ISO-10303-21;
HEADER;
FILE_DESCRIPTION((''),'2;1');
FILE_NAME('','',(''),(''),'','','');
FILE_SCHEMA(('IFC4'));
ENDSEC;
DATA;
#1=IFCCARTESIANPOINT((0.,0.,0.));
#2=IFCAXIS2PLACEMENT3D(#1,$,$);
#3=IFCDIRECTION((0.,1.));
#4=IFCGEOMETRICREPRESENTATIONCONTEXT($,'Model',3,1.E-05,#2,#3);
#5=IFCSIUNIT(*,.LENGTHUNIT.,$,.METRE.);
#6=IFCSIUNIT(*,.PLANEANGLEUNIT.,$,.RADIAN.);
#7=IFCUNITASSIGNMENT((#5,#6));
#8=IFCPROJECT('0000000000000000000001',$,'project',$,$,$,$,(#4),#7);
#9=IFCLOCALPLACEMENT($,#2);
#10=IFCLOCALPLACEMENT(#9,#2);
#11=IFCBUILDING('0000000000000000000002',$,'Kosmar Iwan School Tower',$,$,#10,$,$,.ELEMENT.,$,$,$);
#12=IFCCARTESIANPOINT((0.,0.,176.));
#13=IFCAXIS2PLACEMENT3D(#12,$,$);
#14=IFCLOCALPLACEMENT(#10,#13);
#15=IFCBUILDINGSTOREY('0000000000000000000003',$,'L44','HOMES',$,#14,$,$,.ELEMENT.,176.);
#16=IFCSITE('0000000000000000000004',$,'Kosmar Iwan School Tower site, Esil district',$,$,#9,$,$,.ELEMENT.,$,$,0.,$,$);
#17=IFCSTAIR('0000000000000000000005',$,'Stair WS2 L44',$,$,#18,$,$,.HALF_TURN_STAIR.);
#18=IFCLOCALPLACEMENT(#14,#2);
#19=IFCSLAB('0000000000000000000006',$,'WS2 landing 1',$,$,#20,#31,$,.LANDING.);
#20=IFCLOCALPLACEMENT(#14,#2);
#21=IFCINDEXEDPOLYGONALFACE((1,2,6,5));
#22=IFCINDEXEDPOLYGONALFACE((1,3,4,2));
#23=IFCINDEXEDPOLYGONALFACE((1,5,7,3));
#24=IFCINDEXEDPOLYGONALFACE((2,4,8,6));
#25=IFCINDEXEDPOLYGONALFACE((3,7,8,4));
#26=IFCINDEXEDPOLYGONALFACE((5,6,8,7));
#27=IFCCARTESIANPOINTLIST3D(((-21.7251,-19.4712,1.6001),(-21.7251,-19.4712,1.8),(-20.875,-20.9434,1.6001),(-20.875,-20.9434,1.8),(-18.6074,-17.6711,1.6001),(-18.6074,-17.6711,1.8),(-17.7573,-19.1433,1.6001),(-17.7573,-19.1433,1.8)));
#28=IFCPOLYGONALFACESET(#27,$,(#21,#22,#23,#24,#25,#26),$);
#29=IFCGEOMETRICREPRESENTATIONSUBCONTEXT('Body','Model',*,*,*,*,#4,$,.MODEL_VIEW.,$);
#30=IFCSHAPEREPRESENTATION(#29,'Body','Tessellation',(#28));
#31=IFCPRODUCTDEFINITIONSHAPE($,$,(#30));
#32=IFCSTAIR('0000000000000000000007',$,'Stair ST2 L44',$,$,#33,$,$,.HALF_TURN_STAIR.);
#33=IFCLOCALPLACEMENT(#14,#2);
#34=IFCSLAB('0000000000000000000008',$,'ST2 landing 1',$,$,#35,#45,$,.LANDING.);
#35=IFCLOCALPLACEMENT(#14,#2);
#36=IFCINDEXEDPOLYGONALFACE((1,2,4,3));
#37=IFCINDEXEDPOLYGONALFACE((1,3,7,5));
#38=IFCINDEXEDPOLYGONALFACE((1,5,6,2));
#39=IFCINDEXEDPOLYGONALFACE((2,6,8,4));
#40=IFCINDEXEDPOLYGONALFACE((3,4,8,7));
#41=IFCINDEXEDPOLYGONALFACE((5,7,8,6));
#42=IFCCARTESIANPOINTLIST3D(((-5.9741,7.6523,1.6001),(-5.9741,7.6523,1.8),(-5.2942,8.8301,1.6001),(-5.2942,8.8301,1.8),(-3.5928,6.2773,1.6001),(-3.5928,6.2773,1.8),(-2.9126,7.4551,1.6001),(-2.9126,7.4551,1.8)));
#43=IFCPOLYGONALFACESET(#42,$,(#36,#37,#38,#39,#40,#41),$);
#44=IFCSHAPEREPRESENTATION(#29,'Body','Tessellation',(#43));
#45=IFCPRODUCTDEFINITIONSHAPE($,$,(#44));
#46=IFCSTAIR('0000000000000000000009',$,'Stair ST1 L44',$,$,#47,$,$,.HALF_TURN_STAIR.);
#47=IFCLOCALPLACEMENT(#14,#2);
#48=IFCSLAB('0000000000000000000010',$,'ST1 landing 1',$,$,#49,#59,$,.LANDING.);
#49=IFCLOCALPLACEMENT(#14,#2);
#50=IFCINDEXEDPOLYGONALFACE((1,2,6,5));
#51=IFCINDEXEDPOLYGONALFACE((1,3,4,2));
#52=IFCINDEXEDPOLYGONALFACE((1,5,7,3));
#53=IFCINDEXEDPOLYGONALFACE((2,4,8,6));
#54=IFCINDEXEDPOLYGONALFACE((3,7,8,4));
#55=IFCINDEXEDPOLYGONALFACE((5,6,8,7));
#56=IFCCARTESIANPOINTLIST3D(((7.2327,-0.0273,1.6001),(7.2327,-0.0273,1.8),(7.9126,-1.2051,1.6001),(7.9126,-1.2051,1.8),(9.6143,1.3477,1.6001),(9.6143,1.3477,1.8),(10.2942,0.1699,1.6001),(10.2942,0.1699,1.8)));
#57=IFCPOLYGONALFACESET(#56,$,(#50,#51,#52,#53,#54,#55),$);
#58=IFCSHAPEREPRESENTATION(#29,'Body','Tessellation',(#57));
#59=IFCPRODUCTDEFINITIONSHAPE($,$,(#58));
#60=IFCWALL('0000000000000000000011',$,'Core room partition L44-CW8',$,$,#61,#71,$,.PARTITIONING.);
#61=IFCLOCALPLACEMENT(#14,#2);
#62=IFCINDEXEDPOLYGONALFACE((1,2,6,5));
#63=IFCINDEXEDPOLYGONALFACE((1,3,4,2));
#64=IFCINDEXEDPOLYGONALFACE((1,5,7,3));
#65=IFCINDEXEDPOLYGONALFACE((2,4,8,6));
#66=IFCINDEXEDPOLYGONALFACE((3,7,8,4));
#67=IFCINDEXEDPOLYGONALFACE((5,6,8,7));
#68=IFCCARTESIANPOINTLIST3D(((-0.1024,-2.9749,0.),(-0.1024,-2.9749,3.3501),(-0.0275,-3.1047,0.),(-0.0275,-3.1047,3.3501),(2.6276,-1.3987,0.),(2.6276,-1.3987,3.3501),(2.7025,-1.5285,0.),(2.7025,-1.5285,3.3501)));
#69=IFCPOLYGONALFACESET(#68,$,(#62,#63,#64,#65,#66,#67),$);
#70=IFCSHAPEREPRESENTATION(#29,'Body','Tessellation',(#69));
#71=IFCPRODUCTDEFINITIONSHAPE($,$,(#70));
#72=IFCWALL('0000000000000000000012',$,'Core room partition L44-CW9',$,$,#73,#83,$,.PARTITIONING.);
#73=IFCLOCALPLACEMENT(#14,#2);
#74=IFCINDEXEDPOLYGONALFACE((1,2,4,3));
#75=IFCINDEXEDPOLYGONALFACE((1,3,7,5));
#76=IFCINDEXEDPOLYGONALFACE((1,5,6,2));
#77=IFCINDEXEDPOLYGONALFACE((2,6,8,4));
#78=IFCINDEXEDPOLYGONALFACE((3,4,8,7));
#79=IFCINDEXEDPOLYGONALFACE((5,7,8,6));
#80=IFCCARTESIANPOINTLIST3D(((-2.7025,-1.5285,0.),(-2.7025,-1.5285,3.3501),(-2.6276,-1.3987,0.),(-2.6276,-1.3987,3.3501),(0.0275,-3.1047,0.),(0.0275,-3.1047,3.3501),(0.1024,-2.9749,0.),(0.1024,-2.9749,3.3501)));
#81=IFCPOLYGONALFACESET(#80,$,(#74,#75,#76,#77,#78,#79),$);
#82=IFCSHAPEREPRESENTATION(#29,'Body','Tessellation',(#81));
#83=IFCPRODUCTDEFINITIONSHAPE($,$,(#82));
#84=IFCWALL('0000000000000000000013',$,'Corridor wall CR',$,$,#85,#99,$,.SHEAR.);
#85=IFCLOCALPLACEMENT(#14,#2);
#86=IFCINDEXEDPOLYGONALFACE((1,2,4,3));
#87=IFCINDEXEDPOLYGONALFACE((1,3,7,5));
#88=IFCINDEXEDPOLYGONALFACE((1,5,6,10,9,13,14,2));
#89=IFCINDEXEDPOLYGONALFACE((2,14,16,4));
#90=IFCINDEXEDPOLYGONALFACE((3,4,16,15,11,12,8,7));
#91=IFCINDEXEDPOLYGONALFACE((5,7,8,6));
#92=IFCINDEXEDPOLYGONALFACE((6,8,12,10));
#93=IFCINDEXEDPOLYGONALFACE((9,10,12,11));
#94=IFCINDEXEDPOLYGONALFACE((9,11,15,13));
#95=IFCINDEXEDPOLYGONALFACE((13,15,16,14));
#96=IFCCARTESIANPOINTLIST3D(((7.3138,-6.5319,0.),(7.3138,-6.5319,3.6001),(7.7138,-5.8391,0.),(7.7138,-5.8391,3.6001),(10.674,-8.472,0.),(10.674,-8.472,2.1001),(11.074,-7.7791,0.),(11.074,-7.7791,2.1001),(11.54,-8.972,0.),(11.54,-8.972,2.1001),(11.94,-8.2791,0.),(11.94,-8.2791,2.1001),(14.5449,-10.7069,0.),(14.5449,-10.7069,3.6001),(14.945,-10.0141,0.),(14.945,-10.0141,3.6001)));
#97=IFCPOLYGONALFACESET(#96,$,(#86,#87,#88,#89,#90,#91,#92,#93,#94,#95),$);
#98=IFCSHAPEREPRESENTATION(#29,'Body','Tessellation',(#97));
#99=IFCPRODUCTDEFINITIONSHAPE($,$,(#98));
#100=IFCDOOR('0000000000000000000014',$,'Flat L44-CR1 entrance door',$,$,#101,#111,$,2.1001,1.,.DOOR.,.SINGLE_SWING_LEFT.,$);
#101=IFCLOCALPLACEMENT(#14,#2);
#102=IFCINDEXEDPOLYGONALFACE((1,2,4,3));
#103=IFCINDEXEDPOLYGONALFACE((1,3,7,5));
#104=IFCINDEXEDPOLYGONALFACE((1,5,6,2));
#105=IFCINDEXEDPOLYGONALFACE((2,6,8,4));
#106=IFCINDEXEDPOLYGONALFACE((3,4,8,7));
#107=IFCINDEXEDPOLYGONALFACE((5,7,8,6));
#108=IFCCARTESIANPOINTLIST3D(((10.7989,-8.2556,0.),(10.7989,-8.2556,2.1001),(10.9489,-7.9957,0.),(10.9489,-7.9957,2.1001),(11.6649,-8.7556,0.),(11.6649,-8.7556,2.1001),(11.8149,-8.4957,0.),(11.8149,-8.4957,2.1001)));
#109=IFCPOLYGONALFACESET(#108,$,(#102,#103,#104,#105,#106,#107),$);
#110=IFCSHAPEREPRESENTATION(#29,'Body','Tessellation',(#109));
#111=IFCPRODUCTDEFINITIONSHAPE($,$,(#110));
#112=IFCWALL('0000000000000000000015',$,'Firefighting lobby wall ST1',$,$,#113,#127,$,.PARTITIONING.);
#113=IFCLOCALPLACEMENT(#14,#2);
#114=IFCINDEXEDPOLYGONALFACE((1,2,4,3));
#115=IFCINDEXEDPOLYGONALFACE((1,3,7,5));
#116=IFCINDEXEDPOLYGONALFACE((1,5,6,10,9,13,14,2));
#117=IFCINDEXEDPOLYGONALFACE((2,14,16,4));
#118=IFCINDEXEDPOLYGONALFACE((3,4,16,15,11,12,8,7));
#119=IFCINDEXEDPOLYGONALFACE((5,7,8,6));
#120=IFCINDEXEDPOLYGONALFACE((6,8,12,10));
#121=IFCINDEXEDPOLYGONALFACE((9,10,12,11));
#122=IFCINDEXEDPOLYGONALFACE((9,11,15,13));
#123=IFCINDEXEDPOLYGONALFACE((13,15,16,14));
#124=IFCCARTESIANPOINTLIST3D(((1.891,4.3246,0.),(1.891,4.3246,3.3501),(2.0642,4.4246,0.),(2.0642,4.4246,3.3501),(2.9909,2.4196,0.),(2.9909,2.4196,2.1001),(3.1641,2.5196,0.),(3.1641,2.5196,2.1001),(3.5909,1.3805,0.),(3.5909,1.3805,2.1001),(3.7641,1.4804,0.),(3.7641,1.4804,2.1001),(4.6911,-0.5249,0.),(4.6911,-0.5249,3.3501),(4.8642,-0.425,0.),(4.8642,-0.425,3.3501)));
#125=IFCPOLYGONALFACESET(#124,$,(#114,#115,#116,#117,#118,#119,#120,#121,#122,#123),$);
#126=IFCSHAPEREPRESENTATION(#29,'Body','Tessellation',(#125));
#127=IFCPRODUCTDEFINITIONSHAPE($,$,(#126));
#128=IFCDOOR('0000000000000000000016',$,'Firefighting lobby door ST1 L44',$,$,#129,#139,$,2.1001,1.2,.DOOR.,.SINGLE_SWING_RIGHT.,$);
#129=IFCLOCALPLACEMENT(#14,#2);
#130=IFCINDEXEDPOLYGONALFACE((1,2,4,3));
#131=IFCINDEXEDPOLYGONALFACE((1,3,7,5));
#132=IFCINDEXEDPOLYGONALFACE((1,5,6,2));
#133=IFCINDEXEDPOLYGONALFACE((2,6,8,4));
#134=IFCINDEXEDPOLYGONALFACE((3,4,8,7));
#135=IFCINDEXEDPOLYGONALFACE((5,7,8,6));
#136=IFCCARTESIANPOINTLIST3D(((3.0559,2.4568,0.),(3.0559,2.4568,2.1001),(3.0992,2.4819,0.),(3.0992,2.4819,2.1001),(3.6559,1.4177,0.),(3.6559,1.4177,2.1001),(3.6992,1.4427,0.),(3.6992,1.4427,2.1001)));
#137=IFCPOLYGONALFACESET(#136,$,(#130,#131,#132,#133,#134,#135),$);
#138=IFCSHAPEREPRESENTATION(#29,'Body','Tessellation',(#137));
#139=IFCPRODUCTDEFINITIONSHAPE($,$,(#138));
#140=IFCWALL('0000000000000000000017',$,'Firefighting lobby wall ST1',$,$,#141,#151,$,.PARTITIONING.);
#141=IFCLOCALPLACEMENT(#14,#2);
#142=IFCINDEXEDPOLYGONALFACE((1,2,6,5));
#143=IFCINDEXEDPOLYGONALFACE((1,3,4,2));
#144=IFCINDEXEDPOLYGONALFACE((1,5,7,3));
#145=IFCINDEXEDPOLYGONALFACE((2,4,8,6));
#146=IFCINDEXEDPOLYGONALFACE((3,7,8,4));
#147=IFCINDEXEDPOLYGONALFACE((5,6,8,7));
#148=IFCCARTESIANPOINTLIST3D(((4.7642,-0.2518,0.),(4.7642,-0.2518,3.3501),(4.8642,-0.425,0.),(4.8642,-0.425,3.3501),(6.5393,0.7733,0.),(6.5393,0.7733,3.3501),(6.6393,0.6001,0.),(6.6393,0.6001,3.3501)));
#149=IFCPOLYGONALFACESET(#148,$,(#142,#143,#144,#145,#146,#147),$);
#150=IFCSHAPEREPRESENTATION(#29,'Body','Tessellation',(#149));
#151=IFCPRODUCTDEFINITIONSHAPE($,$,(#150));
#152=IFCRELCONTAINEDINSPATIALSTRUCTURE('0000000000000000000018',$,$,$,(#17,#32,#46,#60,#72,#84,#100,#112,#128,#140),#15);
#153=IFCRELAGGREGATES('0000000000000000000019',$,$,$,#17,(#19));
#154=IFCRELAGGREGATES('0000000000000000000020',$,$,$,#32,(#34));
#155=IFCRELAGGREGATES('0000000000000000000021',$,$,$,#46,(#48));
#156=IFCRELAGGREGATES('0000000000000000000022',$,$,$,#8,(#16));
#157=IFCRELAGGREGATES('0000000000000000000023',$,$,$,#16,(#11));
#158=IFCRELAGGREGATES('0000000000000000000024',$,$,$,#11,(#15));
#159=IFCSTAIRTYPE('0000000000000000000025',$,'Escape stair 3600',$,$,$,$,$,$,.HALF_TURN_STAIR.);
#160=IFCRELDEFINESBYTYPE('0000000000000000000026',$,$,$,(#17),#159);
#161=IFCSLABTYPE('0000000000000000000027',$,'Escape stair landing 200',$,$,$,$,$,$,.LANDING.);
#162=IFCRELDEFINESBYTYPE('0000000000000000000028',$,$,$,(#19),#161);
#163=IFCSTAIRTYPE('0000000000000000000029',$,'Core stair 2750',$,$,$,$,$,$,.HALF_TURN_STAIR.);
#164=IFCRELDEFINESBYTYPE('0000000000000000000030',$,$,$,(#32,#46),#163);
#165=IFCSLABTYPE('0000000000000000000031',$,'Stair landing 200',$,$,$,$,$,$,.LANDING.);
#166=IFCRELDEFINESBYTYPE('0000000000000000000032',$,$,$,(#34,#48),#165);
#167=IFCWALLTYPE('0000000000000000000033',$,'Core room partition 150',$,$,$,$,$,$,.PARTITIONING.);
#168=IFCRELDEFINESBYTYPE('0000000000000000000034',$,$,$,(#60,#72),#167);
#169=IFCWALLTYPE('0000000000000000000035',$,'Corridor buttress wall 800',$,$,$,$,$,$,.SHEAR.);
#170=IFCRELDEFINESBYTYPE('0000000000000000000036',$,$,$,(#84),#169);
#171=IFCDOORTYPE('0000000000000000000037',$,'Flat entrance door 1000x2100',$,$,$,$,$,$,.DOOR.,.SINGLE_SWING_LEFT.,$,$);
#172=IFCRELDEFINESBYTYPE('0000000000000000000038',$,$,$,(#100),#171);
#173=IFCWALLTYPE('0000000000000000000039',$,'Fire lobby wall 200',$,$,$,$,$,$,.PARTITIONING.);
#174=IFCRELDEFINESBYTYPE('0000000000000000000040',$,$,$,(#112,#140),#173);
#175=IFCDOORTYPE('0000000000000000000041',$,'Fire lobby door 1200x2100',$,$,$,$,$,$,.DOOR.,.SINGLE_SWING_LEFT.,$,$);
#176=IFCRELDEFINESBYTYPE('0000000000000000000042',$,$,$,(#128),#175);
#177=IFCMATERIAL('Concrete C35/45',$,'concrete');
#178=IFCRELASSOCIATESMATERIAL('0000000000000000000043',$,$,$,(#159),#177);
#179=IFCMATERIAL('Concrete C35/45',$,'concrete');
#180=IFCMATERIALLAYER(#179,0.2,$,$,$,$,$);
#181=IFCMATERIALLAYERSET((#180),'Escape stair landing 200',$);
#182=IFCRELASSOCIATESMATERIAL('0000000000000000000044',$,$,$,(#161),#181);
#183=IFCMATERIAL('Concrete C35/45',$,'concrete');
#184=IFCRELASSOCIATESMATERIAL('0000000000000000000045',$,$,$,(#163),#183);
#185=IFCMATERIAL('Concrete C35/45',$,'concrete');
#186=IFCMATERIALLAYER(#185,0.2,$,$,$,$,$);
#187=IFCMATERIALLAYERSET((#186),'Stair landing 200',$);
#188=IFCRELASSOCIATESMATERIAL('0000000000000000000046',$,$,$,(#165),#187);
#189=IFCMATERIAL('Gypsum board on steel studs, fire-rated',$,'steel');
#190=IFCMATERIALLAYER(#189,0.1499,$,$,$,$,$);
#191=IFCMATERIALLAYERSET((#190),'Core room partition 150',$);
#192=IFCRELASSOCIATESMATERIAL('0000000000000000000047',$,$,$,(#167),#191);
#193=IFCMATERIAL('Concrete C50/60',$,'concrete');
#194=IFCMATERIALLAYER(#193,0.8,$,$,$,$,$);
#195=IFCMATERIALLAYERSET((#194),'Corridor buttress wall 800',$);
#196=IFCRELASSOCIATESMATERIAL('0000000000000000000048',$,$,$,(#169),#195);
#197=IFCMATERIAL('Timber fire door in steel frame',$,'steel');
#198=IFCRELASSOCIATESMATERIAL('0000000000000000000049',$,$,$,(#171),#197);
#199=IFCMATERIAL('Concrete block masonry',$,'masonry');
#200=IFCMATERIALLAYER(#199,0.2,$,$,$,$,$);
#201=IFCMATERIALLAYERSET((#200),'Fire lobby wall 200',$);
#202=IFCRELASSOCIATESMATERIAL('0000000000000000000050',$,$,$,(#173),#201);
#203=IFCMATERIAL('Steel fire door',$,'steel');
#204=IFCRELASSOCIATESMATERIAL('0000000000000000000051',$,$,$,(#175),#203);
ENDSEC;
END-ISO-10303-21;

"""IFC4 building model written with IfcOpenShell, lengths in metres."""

from ifc_helpers import new_model, si_unit, direction, frame, frame_2d, origin, place, context, subcontext, project, spatial, polyline, rectangle, outline, extrude, material, layer, layer_set, type_object, element, fill, aggregate, save


model = new_model("IFC4")

# Units and contexts
model_context = context("Model", 3, precision=1e-05, world=origin(), true_north=direction((0.0, 1.0)))
body_context = subcontext(model_context, "Body", "Model", "MODEL_VIEW")
ifc_project = project(units=[si_unit("LENGTHUNIT", "METRE"), si_unit("PLANEANGLEUNIT", "RADIAN")], contexts=[model_context])

# Site, building, storey
site_placement = place(None, origin())
site = spatial("IfcSite", under=ifc_project, at=site_placement, Name="Kosmar Iwan School Tower site, Esil district", CompositionType="ELEMENT", RefElevation=0.0)
building_placement = place(site_placement, origin())
building = spatial("IfcBuilding", under=site, at=building_placement, Name="Kosmar Iwan School Tower", CompositionType="ELEMENT")
storey_placement = place(building_placement, frame((0.0, 0.0, 176.0)))
storey = spatial("IfcBuildingStorey", under=building, at=storey_placement, Name="L44", Description="HOMES", CompositionType="ELEMENT", Elevation=176.0)

# Stairs, slabs
ifc_material_1 = material(Name="Concrete C35/45", Category="concrete")
stair_type_1 = type_object("IfcStairType", Name="Escape stair 3600", PredefinedType="HALF_TURN_STAIR", material=ifc_material_1)
stair_1_placement = place(storey_placement, origin())
stair_1 = element("IfcStair", 1, at=stair_1_placement, inside=storey, type_object=stair_type_1, Name="Stair WS2 L44", PredefinedType="HALF_TURN_STAIR")
ifc_material_2 = material(Name="Concrete C35/45", Category="concrete")
ifc_layer_1 = layer(ifc_material_2, 0.2)
ifc_layer_set_1 = layer_set([ifc_layer_1], Name="Escape stair landing 200")
slab_type_1 = type_object("IfcSlabType", Name="Escape stair landing 200", PredefinedType="LANDING", material=ifc_layer_set_1)
slab_1_placement = place(storey_placement, frame((0.0, 0.0, 1.6001)))
slab_1 = element("IfcSlab", 2, at=slab_1_placement, type_object=slab_type_1, Name="WS2 landing 1", PredefinedType="LANDING", context=body_context, shape_type="SweptSolid", body=[
    extrude(outline(polyline([(-18.6074, -17.6711), (-21.7251, -19.4712), (-20.875, -20.9434), (-17.7573, -19.1433), (-18.6074, -17.6711)])), origin(), (0.0, 0.0, 1.0), 0.2),
])
aggregate(stair_1, [slab_1])
ifc_material_3 = material(Name="Concrete C35/45", Category="concrete")
stair_type_2 = type_object("IfcStairType", Name="Core stair 2750", PredefinedType="HALF_TURN_STAIR", material=ifc_material_3)
stair_2_placement = place(storey_placement, origin())
stair_2 = element("IfcStair", 3, at=stair_2_placement, inside=storey, type_object=stair_type_2, Name="Stair ST2 L44", PredefinedType="HALF_TURN_STAIR")
ifc_material_4 = material(Name="Concrete C35/45", Category="concrete")
ifc_layer_2 = layer(ifc_material_4, 0.2)
ifc_layer_set_2 = layer_set([ifc_layer_2], Name="Stair landing 200")
slab_type_2 = type_object("IfcSlabType", Name="Stair landing 200", PredefinedType="LANDING", material=ifc_layer_set_2)
slab_2_placement = place(storey_placement, frame((0.0, 0.0, 1.6001)))
slab_2 = element("IfcSlab", 4, at=slab_2_placement, type_object=slab_type_2, Name="ST2 landing 1", PredefinedType="LANDING", context=body_context, shape_type="SweptSolid", body=[
    extrude(outline(polyline([(-2.9126, 7.4551), (-5.2942, 8.8301), (-5.9741, 7.6523), (-3.5928, 6.2773), (-2.9126, 7.4551)])), origin(), (0.0, 0.0, 1.0), 0.2),
])
aggregate(stair_2, [slab_2])
stair_3_placement = place(storey_placement, origin())
stair_3 = element("IfcStair", 5, at=stair_3_placement, inside=storey, type_object=stair_type_2, Name="Stair ST1 L44", PredefinedType="HALF_TURN_STAIR")
slab_3_placement = place(storey_placement, frame((0.0, 0.0, 1.6001)))
slab_3 = element("IfcSlab", 6, at=slab_3_placement, type_object=slab_type_2, Name="ST1 landing 1", PredefinedType="LANDING", context=body_context, shape_type="SweptSolid", body=[
    extrude(outline(polyline([(7.9126, -1.2051), (10.2942, 0.1699), (9.6143, 1.3477), (7.2327, -0.0273), (7.9126, -1.2051)])), origin(), (0.0, 0.0, 1.0), 0.2),
])
aggregate(stair_3, [slab_3])

# Walls
ifc_material_5 = material(Name="Gypsum board on steel studs, fire-rated", Category="steel")
ifc_layer_3 = layer(ifc_material_5, 0.1499)
ifc_layer_set_3 = layer_set([ifc_layer_3], Name="Core room partition 150")
wall_type_1 = type_object("IfcWallType", Name="Core room partition 150", PredefinedType="PARTITIONING", material=ifc_layer_set_3)
for number, where, z_axis, x_axis, name in (
    (7, (2.665, -1.4636, 0.0), (0.0, 0.0, 1.0), (-0.866023, -0.500004, 0.0), "Core room partition L44-CW8"),
    (8, (0.0649, -3.0398, 0.0), (0.0, 0.0, 1.0), (-0.866023, 0.500004, 0.0), "Core room partition L44-CW9"),
):
    element("IfcWall", number, at=place(storey_placement, frame(where, z_axis=z_axis, x_axis=x_axis)), inside=storey, type_object=wall_type_1, Name=name, PredefinedType="PARTITIONING", context=body_context, shape_type="SweptSolid", body=[
        extrude(rectangle(XDim=3.1523, YDim=0.1499, at=frame_2d((1.5762, 0.0))), origin(), (0.0, 0.0, 1.0), 3.3501),
    ])

# Walls, openings, doors
ifc_material_6 = material(Name="Concrete C50/60", Category="concrete")
ifc_layer_4 = layer(ifc_material_6, 0.8)
ifc_layer_set_4 = layer_set([ifc_layer_4], Name="Corridor buttress wall 800")
wall_type_2 = type_object("IfcWallType", Name="Corridor buttress wall 800", PredefinedType="SHEAR", material=ifc_layer_set_4)
wall_1_placement = place(storey_placement, frame((7.5139, -6.1855, 0.0), z_axis=(0.0, 0.0, 1.0), x_axis=(0.86602, -0.50001, 0.0)))
wall_1 = element("IfcWall", 9, at=wall_1_placement, inside=storey, type_object=wall_type_2, Name="Corridor wall CR", PredefinedType="SHEAR", context=body_context, shape_type="SweptSolid", body=[
    extrude(rectangle(XDim=8.3499, YDim=0.8, at=frame_2d((4.1748, 0.0))), origin(), (0.0, 0.0, 1.0), 3.6001),
])
opening_1_placement = place(wall_1_placement, frame((3.8799, 0.0, 0.0)))
opening_1 = element("IfcOpeningElement", 10, at=opening_1_placement, cuts=wall_1, PredefinedType="OPENING", context=body_context, shape_type="SweptSolid", body=[
    extrude(rectangle(XDim=1.0, YDim=2.1001, at=frame_2d((0.5, 1.05))), frame((0.0, 0.4121, 0.0), z_axis=(0.0, -1.0, 0.0), x_axis=(1.0, 0.0, 0.0)), (0.0, 0.0, 1.0), 0.824),
])
ifc_material_7 = material(Name="Timber fire door in steel frame", Category="steel")
door_type_1 = type_object("IfcDoorType", Name="Flat entrance door 1000x2100", OperationType="SINGLE_SWING_LEFT", PredefinedType="DOOR", material=ifc_material_7)
door_1_placement = place(opening_1_placement, origin())
door_1 = element("IfcDoor", 11, at=door_1_placement, inside=storey, type_object=door_type_1, Name="Flat L44-CR1 entrance door", OperationType="SINGLE_SWING_LEFT", OverallHeight=2.1001, OverallWidth=1.0, PredefinedType="DOOR", context=body_context, shape_type="SweptSolid", body=[
    extrude(rectangle(XDim=1.0, YDim=2.1001, at=frame_2d((0.5, 1.05))), frame((0.0, 0.1499, 0.0), z_axis=(0.0, -1.0, 0.0), x_axis=(1.0, 0.0, 0.0)), (0.0, 0.0, 1.0), 0.3),
])
fill(opening_1, door_1)
ifc_material_8 = material(Name="Concrete block masonry", Category="masonry")
ifc_layer_5 = layer(ifc_material_8, 0.2)
ifc_layer_set_5 = layer_set([ifc_layer_5], Name="Fire lobby wall 200")
wall_type_3 = type_object("IfcWallType", Name="Fire lobby wall 200", PredefinedType="PARTITIONING", material=ifc_layer_set_5)
wall_2_placement = place(storey_placement, frame((4.7776, -0.4749, 0.0), z_axis=(0.0, 0.0, 1.0), x_axis=(-0.500017, 0.866016, 0.0)))
wall_2 = element("IfcWall", 12, at=wall_2_placement, inside=storey, type_object=wall_type_3, Name="Firefighting lobby wall ST1", PredefinedType="PARTITIONING", context=body_context, shape_type="SweptSolid", body=[
    extrude(rectangle(XDim=5.5999, YDim=0.2, at=frame_2d((2.7998, 0.0))), origin(), (0.0, 0.0, 1.0), 3.3501),
])
opening_2_placement = place(wall_2_placement, frame((2.2, 0.0, 0.0)))
opening_2 = element("IfcOpeningElement", 13, at=opening_2_placement, cuts=wall_2, PredefinedType="OPENING", context=body_context, shape_type="SweptSolid", body=[
    extrude(rectangle(XDim=1.2, YDim=2.1001, at=frame_2d((0.6001, 1.05))), frame((0.0, 0.1121, 0.0), z_axis=(0.0, -1.0, 0.0), x_axis=(1.0, 0.0, 0.0)), (0.0, 0.0, 1.0), 0.2239),
])
ifc_material_9 = material(Name="Steel fire door", Category="steel")
door_type_2 = type_object("IfcDoorType", Name="Fire lobby door 1200x2100", OperationType="SINGLE_SWING_LEFT", PredefinedType="DOOR", material=ifc_material_9)
door_2_placement = place(opening_2_placement, frame((1.2, 0.0, 0.0), z_axis=(0.0, 0.0, 1.0), x_axis=(-1.0, 0.0, 0.0)))
door_2 = element("IfcDoor", 14, at=door_2_placement, inside=storey, type_object=door_type_2, Name="Firefighting lobby door ST1 L44", OperationType="SINGLE_SWING_RIGHT", OverallHeight=2.1001, OverallWidth=1.2, PredefinedType="DOOR", context=body_context, shape_type="SweptSolid", body=[
    extrude(rectangle(XDim=1.2, YDim=2.1001, at=frame_2d((0.6001, 1.05))), frame((0.0, 0.0249, 0.0), z_axis=(0.0, -1.0, 0.0), x_axis=(1.0, 0.0, 0.0)), (0.0, 0.0, 1.0), 0.05),
])
fill(opening_2, door_2)

# Wall
wall_3_placement = place(storey_placement, frame((4.8142, -0.3384, 0.0), z_axis=(0.0, 0.0, 1.0), x_axis=(0.865969, 0.500097, 0.0)))
element("IfcWall", 15, at=wall_3_placement, inside=storey, type_object=wall_type_3, Name="Firefighting lobby wall ST1", PredefinedType="PARTITIONING", context=body_context, shape_type="SweptSolid", body=[
    extrude(rectangle(XDim=2.0498, YDim=0.2, at=frame_2d((1.0249, 0.0))), origin(), (0.0, 0.0, 1.0), 3.3501),
])

save(model, "model.ifc")
